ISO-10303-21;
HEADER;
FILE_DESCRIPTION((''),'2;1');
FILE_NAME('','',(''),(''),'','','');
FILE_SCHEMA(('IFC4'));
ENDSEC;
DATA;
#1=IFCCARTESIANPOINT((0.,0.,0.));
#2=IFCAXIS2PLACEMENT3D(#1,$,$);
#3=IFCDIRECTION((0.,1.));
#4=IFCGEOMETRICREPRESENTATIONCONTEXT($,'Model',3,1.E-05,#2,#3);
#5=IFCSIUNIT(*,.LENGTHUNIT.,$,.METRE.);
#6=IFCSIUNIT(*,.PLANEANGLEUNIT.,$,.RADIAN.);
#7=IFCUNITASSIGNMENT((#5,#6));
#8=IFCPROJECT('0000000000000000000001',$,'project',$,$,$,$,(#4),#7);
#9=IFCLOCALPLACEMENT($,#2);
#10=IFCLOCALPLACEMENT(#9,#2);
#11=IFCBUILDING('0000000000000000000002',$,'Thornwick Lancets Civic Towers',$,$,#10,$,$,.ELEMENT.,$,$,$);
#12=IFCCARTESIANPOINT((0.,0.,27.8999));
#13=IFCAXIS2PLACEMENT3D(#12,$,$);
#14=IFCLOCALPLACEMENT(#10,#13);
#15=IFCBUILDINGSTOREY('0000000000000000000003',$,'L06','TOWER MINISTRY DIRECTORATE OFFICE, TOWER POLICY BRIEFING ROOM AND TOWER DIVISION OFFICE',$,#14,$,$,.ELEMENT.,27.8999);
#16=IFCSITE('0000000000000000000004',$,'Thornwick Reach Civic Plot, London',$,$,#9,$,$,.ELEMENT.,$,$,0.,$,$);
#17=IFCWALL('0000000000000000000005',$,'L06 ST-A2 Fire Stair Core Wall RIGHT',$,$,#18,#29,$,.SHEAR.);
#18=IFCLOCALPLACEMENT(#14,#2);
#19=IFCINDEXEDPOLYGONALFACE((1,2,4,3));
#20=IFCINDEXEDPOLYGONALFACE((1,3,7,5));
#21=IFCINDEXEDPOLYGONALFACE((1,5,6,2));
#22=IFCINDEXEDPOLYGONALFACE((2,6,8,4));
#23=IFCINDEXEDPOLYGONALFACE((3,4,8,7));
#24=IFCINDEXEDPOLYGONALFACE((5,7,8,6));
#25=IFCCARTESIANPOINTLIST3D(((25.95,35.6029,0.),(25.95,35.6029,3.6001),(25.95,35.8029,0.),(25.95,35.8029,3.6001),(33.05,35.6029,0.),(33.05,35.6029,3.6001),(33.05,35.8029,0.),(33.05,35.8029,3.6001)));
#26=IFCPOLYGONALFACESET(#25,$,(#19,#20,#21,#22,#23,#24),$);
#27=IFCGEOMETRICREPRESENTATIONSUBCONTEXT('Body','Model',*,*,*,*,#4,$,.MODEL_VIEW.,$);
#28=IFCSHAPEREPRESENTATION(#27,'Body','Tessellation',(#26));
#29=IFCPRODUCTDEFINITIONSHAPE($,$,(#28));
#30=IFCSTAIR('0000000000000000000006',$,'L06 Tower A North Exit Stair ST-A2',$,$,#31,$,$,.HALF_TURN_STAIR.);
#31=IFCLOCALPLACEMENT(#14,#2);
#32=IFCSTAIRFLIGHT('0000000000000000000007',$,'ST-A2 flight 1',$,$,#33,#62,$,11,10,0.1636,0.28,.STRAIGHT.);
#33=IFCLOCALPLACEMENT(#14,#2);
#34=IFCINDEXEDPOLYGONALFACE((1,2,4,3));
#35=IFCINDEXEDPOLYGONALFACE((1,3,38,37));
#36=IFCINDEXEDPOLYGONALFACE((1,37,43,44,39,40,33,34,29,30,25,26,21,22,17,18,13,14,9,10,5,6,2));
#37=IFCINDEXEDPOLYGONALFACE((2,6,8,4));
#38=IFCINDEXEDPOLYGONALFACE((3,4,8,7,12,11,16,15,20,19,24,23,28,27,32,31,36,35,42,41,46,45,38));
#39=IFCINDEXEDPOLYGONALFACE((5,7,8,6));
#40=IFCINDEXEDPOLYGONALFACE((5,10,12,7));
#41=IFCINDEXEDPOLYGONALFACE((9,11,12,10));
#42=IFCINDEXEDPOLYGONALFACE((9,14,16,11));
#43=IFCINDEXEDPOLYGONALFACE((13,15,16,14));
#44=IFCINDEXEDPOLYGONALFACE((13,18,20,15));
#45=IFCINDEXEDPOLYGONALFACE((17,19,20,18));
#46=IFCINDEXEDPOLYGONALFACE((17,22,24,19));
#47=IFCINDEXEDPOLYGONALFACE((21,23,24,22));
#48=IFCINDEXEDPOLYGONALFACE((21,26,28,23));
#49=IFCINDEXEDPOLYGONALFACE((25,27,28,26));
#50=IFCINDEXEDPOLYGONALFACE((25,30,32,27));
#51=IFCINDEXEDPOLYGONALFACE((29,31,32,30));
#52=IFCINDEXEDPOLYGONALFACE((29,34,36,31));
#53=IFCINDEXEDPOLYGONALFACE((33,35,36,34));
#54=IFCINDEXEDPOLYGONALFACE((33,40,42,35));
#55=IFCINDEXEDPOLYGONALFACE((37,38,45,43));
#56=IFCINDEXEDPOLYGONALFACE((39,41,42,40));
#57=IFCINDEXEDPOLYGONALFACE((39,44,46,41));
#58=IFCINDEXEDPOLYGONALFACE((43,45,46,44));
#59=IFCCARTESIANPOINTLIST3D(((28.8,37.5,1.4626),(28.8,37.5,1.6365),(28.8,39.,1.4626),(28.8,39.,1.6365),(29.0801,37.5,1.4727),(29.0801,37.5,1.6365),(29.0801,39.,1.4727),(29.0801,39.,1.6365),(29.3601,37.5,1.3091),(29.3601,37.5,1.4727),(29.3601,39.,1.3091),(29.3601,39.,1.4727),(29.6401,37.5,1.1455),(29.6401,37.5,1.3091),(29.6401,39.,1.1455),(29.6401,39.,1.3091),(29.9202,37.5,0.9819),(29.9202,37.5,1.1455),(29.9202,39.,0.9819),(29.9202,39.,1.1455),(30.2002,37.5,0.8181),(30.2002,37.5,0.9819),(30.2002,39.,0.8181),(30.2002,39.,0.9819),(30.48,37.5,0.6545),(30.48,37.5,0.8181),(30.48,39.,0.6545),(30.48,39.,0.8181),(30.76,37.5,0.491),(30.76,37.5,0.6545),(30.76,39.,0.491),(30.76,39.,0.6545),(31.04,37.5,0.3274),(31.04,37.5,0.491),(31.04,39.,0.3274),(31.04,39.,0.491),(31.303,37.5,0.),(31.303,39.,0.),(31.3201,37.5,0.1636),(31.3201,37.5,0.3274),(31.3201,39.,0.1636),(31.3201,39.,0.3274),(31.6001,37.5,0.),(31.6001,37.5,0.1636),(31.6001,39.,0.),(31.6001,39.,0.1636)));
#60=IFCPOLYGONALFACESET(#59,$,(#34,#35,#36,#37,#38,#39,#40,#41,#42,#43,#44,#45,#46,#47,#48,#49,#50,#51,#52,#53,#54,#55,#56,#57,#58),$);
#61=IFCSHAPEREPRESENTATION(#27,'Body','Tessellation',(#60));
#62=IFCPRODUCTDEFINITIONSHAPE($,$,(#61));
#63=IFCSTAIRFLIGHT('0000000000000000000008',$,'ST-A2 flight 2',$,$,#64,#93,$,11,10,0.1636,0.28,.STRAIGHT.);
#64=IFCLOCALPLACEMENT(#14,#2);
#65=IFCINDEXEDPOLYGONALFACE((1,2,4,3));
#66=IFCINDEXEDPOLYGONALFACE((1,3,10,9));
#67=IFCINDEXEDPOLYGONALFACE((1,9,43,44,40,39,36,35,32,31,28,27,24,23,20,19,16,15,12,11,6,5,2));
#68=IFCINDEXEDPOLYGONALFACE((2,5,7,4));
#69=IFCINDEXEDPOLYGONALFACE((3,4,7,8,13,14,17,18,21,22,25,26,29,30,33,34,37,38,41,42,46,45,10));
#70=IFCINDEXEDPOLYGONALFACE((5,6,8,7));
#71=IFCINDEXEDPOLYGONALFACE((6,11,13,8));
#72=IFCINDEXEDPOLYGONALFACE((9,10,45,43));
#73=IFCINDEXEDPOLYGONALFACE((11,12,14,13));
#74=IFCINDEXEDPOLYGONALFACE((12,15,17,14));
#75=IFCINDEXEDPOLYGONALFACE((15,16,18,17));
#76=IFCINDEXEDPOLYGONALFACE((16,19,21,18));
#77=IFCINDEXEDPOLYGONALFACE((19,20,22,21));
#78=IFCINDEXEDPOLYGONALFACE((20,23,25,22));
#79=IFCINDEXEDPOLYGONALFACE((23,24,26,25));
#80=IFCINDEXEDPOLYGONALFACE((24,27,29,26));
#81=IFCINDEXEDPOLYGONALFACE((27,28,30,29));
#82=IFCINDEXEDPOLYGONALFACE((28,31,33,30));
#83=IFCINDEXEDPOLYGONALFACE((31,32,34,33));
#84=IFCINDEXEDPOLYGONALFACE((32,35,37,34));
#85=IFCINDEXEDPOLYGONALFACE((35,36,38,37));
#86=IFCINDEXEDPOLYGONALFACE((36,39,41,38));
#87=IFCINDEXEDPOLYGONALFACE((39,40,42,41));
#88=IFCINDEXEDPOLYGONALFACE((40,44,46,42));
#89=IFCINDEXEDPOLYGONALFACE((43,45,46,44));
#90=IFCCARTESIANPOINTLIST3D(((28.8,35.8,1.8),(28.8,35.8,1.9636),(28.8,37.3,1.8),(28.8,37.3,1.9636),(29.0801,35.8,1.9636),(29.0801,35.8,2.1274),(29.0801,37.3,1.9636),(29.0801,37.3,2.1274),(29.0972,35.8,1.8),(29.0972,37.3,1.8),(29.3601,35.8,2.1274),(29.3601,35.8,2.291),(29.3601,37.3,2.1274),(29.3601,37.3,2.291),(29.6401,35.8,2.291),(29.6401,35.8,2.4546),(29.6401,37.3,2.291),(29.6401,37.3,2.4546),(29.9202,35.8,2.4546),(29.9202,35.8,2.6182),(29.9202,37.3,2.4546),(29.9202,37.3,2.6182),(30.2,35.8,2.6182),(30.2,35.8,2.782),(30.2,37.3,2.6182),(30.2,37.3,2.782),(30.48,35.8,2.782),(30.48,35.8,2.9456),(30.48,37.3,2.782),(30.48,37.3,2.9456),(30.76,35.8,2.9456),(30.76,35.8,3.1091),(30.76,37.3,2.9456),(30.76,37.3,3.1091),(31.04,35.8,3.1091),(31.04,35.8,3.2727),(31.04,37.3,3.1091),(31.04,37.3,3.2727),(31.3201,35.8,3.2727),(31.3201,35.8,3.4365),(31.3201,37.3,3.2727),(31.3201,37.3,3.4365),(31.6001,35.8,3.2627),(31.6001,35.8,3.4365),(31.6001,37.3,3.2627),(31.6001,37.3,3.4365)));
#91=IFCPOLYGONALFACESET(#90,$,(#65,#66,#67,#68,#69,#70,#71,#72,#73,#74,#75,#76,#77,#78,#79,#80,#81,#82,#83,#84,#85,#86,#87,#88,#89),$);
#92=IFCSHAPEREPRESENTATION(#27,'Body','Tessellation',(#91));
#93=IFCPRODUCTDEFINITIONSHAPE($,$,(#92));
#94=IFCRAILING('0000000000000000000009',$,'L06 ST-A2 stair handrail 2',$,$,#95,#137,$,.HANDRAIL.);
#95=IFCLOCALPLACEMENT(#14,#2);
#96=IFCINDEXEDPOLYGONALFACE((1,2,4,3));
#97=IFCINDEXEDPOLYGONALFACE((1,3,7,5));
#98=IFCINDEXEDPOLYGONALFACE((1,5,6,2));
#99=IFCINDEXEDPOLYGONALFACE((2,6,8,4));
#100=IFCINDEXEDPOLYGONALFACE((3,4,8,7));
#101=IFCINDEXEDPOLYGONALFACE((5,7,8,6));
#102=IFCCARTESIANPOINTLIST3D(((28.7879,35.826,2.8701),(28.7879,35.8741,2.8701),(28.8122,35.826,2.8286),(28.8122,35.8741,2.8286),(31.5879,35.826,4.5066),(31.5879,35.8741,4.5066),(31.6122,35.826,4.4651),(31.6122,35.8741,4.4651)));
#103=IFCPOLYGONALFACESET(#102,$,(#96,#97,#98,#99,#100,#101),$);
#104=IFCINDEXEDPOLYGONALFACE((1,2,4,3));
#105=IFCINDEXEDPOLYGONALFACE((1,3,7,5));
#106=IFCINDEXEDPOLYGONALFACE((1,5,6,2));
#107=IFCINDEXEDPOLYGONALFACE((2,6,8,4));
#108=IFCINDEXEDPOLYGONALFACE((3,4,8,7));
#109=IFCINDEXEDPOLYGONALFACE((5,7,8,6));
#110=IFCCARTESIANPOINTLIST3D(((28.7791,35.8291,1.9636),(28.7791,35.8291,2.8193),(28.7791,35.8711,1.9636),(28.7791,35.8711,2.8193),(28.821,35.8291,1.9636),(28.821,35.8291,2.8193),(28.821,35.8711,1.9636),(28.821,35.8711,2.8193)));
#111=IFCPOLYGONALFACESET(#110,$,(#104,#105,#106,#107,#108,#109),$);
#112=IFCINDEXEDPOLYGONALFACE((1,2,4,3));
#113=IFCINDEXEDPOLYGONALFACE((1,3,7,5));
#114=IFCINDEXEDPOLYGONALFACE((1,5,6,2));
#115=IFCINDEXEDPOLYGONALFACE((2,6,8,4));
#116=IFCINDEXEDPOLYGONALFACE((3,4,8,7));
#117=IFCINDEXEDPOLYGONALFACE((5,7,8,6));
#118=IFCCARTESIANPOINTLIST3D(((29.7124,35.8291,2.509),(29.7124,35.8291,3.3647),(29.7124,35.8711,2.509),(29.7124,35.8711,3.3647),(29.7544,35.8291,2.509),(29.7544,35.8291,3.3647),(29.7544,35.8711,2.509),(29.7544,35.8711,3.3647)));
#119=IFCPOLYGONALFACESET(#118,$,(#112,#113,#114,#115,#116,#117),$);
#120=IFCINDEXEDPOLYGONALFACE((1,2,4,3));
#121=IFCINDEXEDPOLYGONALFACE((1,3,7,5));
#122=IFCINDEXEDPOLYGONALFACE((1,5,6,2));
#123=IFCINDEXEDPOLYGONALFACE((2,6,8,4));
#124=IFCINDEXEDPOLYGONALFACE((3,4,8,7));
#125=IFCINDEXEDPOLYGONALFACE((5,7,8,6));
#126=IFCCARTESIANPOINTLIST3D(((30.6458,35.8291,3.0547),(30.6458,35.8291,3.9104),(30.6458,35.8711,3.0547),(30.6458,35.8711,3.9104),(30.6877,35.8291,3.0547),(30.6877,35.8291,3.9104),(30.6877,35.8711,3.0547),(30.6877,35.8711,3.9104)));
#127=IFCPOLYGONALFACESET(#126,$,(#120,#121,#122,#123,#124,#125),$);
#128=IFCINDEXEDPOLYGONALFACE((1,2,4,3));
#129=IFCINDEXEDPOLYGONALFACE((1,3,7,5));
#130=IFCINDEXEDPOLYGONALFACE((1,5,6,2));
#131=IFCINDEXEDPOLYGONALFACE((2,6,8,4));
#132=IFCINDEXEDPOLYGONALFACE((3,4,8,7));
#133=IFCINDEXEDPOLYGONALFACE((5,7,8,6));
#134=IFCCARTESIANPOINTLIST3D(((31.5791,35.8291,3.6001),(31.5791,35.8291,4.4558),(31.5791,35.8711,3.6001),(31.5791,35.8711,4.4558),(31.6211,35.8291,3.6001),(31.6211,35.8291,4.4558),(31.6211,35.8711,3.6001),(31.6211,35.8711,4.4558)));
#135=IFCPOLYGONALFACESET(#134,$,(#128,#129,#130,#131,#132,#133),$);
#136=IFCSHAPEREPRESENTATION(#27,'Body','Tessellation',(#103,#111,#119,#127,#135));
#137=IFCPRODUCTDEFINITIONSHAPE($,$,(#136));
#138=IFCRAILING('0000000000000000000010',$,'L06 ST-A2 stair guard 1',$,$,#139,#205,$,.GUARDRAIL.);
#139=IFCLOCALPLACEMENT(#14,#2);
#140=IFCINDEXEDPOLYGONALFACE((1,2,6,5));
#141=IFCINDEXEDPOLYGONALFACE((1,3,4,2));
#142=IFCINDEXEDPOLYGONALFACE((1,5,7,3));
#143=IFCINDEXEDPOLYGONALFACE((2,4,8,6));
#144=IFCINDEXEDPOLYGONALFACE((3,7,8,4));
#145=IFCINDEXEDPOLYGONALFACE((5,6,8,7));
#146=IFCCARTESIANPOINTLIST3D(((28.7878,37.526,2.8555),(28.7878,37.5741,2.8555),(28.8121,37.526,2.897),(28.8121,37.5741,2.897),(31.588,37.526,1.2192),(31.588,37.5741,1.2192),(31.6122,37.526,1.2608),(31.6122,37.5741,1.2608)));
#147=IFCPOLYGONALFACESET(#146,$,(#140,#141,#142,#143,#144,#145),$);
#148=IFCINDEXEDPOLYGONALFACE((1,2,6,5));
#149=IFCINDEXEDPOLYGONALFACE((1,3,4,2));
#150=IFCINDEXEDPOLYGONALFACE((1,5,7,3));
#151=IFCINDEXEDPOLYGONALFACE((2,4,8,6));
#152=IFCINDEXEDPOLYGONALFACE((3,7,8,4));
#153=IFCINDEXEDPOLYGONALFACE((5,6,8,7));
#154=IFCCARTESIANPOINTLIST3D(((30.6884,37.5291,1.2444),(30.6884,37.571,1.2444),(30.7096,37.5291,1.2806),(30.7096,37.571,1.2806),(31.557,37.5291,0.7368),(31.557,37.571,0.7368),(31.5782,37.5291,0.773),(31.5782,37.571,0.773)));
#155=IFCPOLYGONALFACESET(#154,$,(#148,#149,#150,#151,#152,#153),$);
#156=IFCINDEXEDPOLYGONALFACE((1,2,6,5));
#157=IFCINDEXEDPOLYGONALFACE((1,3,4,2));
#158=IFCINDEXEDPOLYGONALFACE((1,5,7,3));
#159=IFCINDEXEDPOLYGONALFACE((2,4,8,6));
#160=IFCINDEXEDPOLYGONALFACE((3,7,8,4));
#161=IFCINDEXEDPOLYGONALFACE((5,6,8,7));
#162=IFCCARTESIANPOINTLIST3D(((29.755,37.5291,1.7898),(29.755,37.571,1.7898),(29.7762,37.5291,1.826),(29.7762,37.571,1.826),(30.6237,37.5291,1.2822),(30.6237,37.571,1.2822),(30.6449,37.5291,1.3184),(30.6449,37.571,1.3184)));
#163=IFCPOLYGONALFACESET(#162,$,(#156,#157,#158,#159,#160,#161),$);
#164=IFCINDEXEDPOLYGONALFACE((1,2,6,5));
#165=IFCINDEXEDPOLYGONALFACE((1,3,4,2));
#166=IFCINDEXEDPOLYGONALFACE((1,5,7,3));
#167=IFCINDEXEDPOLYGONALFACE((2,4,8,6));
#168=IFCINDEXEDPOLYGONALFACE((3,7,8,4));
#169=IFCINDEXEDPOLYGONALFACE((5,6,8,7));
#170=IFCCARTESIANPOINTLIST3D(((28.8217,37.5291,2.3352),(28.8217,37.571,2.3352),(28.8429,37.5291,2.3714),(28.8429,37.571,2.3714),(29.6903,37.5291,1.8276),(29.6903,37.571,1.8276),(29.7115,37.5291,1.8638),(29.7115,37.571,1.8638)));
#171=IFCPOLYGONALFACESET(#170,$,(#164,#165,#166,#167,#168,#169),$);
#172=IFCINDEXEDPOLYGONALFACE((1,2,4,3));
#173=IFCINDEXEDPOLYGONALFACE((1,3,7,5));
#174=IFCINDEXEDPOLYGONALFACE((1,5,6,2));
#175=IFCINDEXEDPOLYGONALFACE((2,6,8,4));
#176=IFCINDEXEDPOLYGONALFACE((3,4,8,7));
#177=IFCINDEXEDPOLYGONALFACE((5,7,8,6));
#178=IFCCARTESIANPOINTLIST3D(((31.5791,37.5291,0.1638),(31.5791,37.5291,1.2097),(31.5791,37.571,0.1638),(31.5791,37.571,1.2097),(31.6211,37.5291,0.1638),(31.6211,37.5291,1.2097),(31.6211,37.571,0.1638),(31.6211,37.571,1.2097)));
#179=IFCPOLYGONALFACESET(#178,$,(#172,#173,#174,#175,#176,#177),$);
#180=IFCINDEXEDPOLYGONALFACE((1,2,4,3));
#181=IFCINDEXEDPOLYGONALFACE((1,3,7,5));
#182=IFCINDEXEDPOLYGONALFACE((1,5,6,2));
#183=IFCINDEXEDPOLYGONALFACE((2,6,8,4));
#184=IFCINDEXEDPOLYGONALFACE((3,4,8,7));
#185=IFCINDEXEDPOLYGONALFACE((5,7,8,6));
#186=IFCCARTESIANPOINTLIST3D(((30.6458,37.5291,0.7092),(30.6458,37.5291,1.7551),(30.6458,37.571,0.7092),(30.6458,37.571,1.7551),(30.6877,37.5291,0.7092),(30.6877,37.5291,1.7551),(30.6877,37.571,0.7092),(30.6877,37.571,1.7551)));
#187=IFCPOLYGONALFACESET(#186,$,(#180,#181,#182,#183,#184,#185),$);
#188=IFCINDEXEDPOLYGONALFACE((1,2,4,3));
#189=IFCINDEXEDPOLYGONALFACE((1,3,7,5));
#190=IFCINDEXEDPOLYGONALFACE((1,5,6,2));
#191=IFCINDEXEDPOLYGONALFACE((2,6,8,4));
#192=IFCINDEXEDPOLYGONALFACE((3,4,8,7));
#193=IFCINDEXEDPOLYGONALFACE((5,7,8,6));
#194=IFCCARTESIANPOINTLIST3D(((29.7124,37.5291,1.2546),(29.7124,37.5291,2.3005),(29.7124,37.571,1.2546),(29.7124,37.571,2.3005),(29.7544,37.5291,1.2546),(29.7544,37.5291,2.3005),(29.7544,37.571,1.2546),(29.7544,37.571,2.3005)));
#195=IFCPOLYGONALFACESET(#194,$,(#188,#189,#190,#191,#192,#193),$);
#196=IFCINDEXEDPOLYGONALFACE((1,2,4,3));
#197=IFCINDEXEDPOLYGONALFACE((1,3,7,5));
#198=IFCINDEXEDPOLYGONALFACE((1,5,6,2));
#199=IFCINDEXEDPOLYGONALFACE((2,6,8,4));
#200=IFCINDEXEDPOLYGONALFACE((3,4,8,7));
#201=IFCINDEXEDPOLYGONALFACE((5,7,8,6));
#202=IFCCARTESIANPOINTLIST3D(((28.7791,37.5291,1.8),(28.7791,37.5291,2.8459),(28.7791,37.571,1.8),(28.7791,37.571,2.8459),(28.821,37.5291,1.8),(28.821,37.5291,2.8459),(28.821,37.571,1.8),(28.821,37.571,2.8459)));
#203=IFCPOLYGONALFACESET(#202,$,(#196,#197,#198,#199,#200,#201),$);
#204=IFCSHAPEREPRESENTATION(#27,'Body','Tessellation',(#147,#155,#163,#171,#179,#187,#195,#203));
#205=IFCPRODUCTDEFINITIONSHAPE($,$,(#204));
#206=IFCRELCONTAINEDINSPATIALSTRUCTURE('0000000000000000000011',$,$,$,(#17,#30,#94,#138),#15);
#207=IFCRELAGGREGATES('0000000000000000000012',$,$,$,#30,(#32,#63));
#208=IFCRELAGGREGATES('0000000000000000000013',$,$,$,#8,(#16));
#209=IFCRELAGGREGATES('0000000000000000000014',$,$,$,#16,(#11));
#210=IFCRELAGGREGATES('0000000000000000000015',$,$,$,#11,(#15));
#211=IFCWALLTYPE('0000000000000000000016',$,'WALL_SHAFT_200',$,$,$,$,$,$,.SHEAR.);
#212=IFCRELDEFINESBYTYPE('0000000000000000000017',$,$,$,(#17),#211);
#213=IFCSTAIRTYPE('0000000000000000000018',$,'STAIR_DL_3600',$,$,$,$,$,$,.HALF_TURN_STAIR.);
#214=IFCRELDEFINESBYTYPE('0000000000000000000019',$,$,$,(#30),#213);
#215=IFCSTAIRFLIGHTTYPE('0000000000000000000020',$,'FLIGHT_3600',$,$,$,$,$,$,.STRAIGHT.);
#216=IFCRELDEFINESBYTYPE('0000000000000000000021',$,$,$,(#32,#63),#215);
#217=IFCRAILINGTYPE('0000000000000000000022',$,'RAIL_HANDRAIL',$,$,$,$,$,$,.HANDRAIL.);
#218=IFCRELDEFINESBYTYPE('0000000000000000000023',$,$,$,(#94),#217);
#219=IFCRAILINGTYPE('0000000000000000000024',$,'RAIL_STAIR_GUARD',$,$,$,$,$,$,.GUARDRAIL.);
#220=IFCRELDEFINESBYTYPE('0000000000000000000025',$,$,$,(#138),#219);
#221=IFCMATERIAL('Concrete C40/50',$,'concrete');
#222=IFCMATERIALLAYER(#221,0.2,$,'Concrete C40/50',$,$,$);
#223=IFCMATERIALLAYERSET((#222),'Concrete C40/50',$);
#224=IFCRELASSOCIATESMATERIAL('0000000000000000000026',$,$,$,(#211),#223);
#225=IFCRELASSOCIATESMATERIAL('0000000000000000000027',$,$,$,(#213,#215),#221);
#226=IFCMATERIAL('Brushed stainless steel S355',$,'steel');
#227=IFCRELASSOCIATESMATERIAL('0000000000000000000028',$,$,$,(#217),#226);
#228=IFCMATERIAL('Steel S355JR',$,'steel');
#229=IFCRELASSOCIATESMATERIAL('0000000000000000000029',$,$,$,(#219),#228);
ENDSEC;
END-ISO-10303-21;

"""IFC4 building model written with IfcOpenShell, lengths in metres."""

from ifc_helpers import new_model, si_unit, direction, frame, frame_2d, origin, origin_2d, place, context, subcontext, project, spatial, polyline, rectangle, outline, extrude, material, layer, layer_set, type_object, element, aggregate, save


model = new_model("IFC4")

# Units and contexts
model_context = context("Model", 3, precision=1e-05, world=origin(), true_north=direction((0.0, 1.0)))
body_context = subcontext(model_context, "Body", "Model", "MODEL_VIEW")
ifc_project = project(units=[si_unit("LENGTHUNIT", "METRE"), si_unit("PLANEANGLEUNIT", "RADIAN")], contexts=[model_context])

# Site, building, storey
site_placement = place(None, origin())
site = spatial("IfcSite", under=ifc_project, at=site_placement, Name="Thornwick Reach Civic Plot, London", CompositionType="ELEMENT", RefElevation=0.0)
building_placement = place(site_placement, origin())
building = spatial("IfcBuilding", under=site, at=building_placement, Name="Thornwick Lancets Civic Towers", CompositionType="ELEMENT")
storey_placement = place(building_placement, frame((0.0, 0.0, 27.8999)))
storey = spatial("IfcBuildingStorey", under=building, at=storey_placement, Name="L06", Description="TOWER MINISTRY DIRECTORATE OFFICE, TOWER POLICY BRIEFING ROOM AND TOWER DIVISION OFFICE", CompositionType="ELEMENT", Elevation=27.8999)

# Shared definitions
ifc_material_1 = material(Name="Steel S355JR", Category="steel")
ifc_material_2 = material(Name="Concrete C40/50", Category="concrete")

# Wall
ifc_layer_1 = layer(ifc_material_2, 0.2, Name="Concrete C40/50")
ifc_layer_set_1 = layer_set([ifc_layer_1], Name="Concrete C40/50")
wall_type_1 = type_object("IfcWallType", Name="WALL_SHAFT_200", PredefinedType="SHEAR", material=ifc_layer_set_1)
wall_1_placement = place(storey_placement, frame((25.95, 35.7029, 0.0), z_axis=(0.0, 0.0, 1.0), x_axis=(1.0, 0.0, 0.0)))
element("IfcWall", 1, at=wall_1_placement, inside=storey, type_object=wall_type_1, Name="L06 ST-A2 Fire Stair Core Wall RIGHT", PredefinedType="SHEAR", context=body_context, shape_type="SweptSolid", body=[
    extrude(rectangle(XDim=7.1001, YDim=0.2, at=frame_2d((3.55, 0.0))), origin(), (0.0, 0.0, 1.0), 3.6001),
])

# Stair, stair flights
stair_type = type_object("IfcStairType", Name="STAIR_DL_3600", PredefinedType="HALF_TURN_STAIR", material=ifc_material_2)
stair_placement = place(storey_placement, origin())
stair = element("IfcStair", 2, at=stair_placement, inside=storey, type_object=stair_type, Name="L06 Tower A North Exit Stair ST-A2", PredefinedType="HALF_TURN_STAIR")
stair_flight_type = type_object("IfcStairFlightType", Name="FLIGHT_3600", PredefinedType="STRAIGHT", material=ifc_material_2)
stair_flight_1_placement = place(storey_placement, frame((31.6001, 38.25, 0.0), z_axis=(0.0, 0.0, 1.0), x_axis=(-1.0, 0.0, 0.0)))
stair_flight_1 = element("IfcStairFlight", 3, at=stair_flight_1_placement, type_object=stair_flight_type, Name="ST-A2 flight 1", NumberOfRisers=11, NumberOfTreads=10, PredefinedType="STRAIGHT", RiserHeight=0.1636, TreadLength=0.28, context=body_context, shape_type="SweptSolid", body=[
    extrude(outline(polyline([(0.0, 0.0), (0.0, 0.1636), (0.28, 0.1636), (0.28, 0.3274), (0.5601, 0.3274), (0.5601, 0.491), (0.8401, 0.491), (0.8401, 0.6545), (1.1201, 0.6545), (1.1201, 0.8181), (1.3999, 0.8181), (1.3999, 0.9819), (1.6799, 0.9819), (1.6799, 1.1455), (1.96, 1.1455), (1.96, 1.3091), (2.24, 1.3091), (2.24, 1.4727), (2.52, 1.4727), (2.52, 1.6365), (2.8, 1.6365), (2.8, 1.8), (2.8, 1.4626), (0.2971, 0.0), (0.0, 0.0)])), frame((0.0, 0.75, 0.0), z_axis=(0.0, -1.0, 0.0), x_axis=(1.0, 0.0, 0.0)), (0.0, 0.0, 1.0), 1.5),
])
stair_flight_2_placement = place(storey_placement, frame((28.8, 36.55, 1.8), z_axis=(0.0, 0.0, 1.0), x_axis=(1.0, 0.0, 0.0)))
stair_flight_2 = element("IfcStairFlight", 4, at=stair_flight_2_placement, type_object=stair_flight_type, Name="ST-A2 flight 2", NumberOfRisers=11, NumberOfTreads=10, PredefinedType="STRAIGHT", RiserHeight=0.1636, TreadLength=0.28, context=body_context, shape_type="SweptSolid", body=[
    extrude(outline(polyline([(0.0, 0.0), (0.0, 0.1636), (0.28, 0.1636), (0.28, 0.3274), (0.5601, 0.3274), (0.5601, 0.491), (0.8401, 0.491), (0.8401, 0.6545), (1.1201, 0.6545), (1.1201, 0.8181), (1.3999, 0.8181), (1.3999, 0.9819), (1.6799, 0.9819), (1.6799, 1.1455), (1.96, 1.1455), (1.96, 1.3091), (2.24, 1.3091), (2.24, 1.4727), (2.52, 1.4727), (2.52, 1.6365), (2.8, 1.6365), (2.8, 1.8), (2.8, 1.4626), (0.2971, 0.0), (0.0, 0.0)])), frame((0.0, 0.75, 0.0), z_axis=(0.0, -1.0, 0.0), x_axis=(1.0, 0.0, 0.0)), (0.0, 0.0, 1.0), 1.5),
])
aggregate(stair, [stair_flight_1, stair_flight_2])

# Railings
ifc_material_3 = material(Name="Brushed stainless steel S355", Category="steel")
railing_type_1 = type_object("IfcRailingType", Name="RAIL_HANDRAIL", PredefinedType="HANDRAIL", material=ifc_material_3)
railing_1_placement = place(storey_placement, frame((28.8, 35.8501, 1.9636)))
element("IfcRailing", 5, at=railing_1_placement, inside=storey, type_object=railing_type_1, Name="L06 ST-A2 stair handrail 2", PredefinedType="HANDRAIL", context=body_context, shape_type="SweptSolid", body=[
    extrude(rectangle(XDim=0.0481, YDim=0.0481, at=origin_2d()), frame((0.0, 0.0, 0.8857), z_axis=(0.863361, 0.0, 0.504587), x_axis=(0.0, 1.0, 0.0)), (0.0, 0.0, 1.0), 3.2432),
    extrude(rectangle(XDim=0.042, YDim=0.042, at=origin_2d()), origin(), (0.0, 0.0, 1.0), 0.8557),
    extrude(rectangle(XDim=0.042, YDim=0.042, at=origin_2d()), frame((0.9333, 0.0, 0.5454)), (0.0, 0.0, 1.0), 0.8557),
    extrude(rectangle(XDim=0.042, YDim=0.042, at=origin_2d()), frame((1.8667, 0.0, 1.0911)), (0.0, 0.0, 1.0), 0.8557),
    extrude(rectangle(XDim=0.042, YDim=0.042, at=origin_2d()), frame((2.8, 0.0, 1.6365)), (0.0, 0.0, 1.0), 0.8557),
])
railing_type_2 = type_object("IfcRailingType", Name="RAIL_STAIR_GUARD", PredefinedType="GUARDRAIL", material=ifc_material_1)
railing_2_placement = place(storey_placement, frame((31.6001, 37.55, 0.1638)))
element("IfcRailing", 6, at=railing_2_placement, inside=storey, type_object=railing_type_2, Name="L06 ST-A2 stair guard 1", PredefinedType="GUARDRAIL", context=body_context, shape_type="SweptSolid", body=[
    extrude(rectangle(XDim=0.0481, YDim=0.0481, at=origin_2d()), frame((0.0, 0.0, 1.0762), z_axis=(-0.863394, 0.0, 0.504531), x_axis=(0.0, -1.0, 0.0)), (0.0, 0.0, 1.0), 3.2432),
    extrude(rectangle(XDim=0.042, YDim=0.042, at=origin_2d()), frame((-0.0325, 0.0, 0.5911), z_axis=(-0.863394, 0.0, 0.504531), x_axis=(0.0, -1.0, 0.0)), (0.0, 0.0, 1.0), 1.0061),
    extrude(rectangle(XDim=0.042, YDim=0.042, at=origin_2d()), frame((-0.9658, 0.0, 1.1365), z_axis=(-0.863394, 0.0, 0.504531), x_axis=(0.0, -1.0, 0.0)), (0.0, 0.0, 1.0), 1.0061),
    extrude(rectangle(XDim=0.042, YDim=0.042, at=origin_2d()), frame((-1.8992, 0.0, 1.6819), z_axis=(-0.863394, 0.0, 0.504531), x_axis=(0.0, -1.0, 0.0)), (0.0, 0.0, 1.0), 1.0061),
    extrude(rectangle(XDim=0.042, YDim=0.042, at=origin_2d()), origin(), (0.0, 0.0, 1.0), 1.0459),
    extrude(rectangle(XDim=0.042, YDim=0.042, at=origin_2d()), frame((-0.9333, 0.0, 0.5454)), (0.0, 0.0, 1.0), 1.0459),
    extrude(rectangle(XDim=0.042, YDim=0.042, at=origin_2d()), frame((-1.8667, 0.0, 1.0908)), (0.0, 0.0, 1.0), 1.0459),
    extrude(rectangle(XDim=0.042, YDim=0.042, at=origin_2d()), frame((-2.8, 0.0, 1.6362)), (0.0, 0.0, 1.0), 1.0459),
])

save(model, "model.ifc")
